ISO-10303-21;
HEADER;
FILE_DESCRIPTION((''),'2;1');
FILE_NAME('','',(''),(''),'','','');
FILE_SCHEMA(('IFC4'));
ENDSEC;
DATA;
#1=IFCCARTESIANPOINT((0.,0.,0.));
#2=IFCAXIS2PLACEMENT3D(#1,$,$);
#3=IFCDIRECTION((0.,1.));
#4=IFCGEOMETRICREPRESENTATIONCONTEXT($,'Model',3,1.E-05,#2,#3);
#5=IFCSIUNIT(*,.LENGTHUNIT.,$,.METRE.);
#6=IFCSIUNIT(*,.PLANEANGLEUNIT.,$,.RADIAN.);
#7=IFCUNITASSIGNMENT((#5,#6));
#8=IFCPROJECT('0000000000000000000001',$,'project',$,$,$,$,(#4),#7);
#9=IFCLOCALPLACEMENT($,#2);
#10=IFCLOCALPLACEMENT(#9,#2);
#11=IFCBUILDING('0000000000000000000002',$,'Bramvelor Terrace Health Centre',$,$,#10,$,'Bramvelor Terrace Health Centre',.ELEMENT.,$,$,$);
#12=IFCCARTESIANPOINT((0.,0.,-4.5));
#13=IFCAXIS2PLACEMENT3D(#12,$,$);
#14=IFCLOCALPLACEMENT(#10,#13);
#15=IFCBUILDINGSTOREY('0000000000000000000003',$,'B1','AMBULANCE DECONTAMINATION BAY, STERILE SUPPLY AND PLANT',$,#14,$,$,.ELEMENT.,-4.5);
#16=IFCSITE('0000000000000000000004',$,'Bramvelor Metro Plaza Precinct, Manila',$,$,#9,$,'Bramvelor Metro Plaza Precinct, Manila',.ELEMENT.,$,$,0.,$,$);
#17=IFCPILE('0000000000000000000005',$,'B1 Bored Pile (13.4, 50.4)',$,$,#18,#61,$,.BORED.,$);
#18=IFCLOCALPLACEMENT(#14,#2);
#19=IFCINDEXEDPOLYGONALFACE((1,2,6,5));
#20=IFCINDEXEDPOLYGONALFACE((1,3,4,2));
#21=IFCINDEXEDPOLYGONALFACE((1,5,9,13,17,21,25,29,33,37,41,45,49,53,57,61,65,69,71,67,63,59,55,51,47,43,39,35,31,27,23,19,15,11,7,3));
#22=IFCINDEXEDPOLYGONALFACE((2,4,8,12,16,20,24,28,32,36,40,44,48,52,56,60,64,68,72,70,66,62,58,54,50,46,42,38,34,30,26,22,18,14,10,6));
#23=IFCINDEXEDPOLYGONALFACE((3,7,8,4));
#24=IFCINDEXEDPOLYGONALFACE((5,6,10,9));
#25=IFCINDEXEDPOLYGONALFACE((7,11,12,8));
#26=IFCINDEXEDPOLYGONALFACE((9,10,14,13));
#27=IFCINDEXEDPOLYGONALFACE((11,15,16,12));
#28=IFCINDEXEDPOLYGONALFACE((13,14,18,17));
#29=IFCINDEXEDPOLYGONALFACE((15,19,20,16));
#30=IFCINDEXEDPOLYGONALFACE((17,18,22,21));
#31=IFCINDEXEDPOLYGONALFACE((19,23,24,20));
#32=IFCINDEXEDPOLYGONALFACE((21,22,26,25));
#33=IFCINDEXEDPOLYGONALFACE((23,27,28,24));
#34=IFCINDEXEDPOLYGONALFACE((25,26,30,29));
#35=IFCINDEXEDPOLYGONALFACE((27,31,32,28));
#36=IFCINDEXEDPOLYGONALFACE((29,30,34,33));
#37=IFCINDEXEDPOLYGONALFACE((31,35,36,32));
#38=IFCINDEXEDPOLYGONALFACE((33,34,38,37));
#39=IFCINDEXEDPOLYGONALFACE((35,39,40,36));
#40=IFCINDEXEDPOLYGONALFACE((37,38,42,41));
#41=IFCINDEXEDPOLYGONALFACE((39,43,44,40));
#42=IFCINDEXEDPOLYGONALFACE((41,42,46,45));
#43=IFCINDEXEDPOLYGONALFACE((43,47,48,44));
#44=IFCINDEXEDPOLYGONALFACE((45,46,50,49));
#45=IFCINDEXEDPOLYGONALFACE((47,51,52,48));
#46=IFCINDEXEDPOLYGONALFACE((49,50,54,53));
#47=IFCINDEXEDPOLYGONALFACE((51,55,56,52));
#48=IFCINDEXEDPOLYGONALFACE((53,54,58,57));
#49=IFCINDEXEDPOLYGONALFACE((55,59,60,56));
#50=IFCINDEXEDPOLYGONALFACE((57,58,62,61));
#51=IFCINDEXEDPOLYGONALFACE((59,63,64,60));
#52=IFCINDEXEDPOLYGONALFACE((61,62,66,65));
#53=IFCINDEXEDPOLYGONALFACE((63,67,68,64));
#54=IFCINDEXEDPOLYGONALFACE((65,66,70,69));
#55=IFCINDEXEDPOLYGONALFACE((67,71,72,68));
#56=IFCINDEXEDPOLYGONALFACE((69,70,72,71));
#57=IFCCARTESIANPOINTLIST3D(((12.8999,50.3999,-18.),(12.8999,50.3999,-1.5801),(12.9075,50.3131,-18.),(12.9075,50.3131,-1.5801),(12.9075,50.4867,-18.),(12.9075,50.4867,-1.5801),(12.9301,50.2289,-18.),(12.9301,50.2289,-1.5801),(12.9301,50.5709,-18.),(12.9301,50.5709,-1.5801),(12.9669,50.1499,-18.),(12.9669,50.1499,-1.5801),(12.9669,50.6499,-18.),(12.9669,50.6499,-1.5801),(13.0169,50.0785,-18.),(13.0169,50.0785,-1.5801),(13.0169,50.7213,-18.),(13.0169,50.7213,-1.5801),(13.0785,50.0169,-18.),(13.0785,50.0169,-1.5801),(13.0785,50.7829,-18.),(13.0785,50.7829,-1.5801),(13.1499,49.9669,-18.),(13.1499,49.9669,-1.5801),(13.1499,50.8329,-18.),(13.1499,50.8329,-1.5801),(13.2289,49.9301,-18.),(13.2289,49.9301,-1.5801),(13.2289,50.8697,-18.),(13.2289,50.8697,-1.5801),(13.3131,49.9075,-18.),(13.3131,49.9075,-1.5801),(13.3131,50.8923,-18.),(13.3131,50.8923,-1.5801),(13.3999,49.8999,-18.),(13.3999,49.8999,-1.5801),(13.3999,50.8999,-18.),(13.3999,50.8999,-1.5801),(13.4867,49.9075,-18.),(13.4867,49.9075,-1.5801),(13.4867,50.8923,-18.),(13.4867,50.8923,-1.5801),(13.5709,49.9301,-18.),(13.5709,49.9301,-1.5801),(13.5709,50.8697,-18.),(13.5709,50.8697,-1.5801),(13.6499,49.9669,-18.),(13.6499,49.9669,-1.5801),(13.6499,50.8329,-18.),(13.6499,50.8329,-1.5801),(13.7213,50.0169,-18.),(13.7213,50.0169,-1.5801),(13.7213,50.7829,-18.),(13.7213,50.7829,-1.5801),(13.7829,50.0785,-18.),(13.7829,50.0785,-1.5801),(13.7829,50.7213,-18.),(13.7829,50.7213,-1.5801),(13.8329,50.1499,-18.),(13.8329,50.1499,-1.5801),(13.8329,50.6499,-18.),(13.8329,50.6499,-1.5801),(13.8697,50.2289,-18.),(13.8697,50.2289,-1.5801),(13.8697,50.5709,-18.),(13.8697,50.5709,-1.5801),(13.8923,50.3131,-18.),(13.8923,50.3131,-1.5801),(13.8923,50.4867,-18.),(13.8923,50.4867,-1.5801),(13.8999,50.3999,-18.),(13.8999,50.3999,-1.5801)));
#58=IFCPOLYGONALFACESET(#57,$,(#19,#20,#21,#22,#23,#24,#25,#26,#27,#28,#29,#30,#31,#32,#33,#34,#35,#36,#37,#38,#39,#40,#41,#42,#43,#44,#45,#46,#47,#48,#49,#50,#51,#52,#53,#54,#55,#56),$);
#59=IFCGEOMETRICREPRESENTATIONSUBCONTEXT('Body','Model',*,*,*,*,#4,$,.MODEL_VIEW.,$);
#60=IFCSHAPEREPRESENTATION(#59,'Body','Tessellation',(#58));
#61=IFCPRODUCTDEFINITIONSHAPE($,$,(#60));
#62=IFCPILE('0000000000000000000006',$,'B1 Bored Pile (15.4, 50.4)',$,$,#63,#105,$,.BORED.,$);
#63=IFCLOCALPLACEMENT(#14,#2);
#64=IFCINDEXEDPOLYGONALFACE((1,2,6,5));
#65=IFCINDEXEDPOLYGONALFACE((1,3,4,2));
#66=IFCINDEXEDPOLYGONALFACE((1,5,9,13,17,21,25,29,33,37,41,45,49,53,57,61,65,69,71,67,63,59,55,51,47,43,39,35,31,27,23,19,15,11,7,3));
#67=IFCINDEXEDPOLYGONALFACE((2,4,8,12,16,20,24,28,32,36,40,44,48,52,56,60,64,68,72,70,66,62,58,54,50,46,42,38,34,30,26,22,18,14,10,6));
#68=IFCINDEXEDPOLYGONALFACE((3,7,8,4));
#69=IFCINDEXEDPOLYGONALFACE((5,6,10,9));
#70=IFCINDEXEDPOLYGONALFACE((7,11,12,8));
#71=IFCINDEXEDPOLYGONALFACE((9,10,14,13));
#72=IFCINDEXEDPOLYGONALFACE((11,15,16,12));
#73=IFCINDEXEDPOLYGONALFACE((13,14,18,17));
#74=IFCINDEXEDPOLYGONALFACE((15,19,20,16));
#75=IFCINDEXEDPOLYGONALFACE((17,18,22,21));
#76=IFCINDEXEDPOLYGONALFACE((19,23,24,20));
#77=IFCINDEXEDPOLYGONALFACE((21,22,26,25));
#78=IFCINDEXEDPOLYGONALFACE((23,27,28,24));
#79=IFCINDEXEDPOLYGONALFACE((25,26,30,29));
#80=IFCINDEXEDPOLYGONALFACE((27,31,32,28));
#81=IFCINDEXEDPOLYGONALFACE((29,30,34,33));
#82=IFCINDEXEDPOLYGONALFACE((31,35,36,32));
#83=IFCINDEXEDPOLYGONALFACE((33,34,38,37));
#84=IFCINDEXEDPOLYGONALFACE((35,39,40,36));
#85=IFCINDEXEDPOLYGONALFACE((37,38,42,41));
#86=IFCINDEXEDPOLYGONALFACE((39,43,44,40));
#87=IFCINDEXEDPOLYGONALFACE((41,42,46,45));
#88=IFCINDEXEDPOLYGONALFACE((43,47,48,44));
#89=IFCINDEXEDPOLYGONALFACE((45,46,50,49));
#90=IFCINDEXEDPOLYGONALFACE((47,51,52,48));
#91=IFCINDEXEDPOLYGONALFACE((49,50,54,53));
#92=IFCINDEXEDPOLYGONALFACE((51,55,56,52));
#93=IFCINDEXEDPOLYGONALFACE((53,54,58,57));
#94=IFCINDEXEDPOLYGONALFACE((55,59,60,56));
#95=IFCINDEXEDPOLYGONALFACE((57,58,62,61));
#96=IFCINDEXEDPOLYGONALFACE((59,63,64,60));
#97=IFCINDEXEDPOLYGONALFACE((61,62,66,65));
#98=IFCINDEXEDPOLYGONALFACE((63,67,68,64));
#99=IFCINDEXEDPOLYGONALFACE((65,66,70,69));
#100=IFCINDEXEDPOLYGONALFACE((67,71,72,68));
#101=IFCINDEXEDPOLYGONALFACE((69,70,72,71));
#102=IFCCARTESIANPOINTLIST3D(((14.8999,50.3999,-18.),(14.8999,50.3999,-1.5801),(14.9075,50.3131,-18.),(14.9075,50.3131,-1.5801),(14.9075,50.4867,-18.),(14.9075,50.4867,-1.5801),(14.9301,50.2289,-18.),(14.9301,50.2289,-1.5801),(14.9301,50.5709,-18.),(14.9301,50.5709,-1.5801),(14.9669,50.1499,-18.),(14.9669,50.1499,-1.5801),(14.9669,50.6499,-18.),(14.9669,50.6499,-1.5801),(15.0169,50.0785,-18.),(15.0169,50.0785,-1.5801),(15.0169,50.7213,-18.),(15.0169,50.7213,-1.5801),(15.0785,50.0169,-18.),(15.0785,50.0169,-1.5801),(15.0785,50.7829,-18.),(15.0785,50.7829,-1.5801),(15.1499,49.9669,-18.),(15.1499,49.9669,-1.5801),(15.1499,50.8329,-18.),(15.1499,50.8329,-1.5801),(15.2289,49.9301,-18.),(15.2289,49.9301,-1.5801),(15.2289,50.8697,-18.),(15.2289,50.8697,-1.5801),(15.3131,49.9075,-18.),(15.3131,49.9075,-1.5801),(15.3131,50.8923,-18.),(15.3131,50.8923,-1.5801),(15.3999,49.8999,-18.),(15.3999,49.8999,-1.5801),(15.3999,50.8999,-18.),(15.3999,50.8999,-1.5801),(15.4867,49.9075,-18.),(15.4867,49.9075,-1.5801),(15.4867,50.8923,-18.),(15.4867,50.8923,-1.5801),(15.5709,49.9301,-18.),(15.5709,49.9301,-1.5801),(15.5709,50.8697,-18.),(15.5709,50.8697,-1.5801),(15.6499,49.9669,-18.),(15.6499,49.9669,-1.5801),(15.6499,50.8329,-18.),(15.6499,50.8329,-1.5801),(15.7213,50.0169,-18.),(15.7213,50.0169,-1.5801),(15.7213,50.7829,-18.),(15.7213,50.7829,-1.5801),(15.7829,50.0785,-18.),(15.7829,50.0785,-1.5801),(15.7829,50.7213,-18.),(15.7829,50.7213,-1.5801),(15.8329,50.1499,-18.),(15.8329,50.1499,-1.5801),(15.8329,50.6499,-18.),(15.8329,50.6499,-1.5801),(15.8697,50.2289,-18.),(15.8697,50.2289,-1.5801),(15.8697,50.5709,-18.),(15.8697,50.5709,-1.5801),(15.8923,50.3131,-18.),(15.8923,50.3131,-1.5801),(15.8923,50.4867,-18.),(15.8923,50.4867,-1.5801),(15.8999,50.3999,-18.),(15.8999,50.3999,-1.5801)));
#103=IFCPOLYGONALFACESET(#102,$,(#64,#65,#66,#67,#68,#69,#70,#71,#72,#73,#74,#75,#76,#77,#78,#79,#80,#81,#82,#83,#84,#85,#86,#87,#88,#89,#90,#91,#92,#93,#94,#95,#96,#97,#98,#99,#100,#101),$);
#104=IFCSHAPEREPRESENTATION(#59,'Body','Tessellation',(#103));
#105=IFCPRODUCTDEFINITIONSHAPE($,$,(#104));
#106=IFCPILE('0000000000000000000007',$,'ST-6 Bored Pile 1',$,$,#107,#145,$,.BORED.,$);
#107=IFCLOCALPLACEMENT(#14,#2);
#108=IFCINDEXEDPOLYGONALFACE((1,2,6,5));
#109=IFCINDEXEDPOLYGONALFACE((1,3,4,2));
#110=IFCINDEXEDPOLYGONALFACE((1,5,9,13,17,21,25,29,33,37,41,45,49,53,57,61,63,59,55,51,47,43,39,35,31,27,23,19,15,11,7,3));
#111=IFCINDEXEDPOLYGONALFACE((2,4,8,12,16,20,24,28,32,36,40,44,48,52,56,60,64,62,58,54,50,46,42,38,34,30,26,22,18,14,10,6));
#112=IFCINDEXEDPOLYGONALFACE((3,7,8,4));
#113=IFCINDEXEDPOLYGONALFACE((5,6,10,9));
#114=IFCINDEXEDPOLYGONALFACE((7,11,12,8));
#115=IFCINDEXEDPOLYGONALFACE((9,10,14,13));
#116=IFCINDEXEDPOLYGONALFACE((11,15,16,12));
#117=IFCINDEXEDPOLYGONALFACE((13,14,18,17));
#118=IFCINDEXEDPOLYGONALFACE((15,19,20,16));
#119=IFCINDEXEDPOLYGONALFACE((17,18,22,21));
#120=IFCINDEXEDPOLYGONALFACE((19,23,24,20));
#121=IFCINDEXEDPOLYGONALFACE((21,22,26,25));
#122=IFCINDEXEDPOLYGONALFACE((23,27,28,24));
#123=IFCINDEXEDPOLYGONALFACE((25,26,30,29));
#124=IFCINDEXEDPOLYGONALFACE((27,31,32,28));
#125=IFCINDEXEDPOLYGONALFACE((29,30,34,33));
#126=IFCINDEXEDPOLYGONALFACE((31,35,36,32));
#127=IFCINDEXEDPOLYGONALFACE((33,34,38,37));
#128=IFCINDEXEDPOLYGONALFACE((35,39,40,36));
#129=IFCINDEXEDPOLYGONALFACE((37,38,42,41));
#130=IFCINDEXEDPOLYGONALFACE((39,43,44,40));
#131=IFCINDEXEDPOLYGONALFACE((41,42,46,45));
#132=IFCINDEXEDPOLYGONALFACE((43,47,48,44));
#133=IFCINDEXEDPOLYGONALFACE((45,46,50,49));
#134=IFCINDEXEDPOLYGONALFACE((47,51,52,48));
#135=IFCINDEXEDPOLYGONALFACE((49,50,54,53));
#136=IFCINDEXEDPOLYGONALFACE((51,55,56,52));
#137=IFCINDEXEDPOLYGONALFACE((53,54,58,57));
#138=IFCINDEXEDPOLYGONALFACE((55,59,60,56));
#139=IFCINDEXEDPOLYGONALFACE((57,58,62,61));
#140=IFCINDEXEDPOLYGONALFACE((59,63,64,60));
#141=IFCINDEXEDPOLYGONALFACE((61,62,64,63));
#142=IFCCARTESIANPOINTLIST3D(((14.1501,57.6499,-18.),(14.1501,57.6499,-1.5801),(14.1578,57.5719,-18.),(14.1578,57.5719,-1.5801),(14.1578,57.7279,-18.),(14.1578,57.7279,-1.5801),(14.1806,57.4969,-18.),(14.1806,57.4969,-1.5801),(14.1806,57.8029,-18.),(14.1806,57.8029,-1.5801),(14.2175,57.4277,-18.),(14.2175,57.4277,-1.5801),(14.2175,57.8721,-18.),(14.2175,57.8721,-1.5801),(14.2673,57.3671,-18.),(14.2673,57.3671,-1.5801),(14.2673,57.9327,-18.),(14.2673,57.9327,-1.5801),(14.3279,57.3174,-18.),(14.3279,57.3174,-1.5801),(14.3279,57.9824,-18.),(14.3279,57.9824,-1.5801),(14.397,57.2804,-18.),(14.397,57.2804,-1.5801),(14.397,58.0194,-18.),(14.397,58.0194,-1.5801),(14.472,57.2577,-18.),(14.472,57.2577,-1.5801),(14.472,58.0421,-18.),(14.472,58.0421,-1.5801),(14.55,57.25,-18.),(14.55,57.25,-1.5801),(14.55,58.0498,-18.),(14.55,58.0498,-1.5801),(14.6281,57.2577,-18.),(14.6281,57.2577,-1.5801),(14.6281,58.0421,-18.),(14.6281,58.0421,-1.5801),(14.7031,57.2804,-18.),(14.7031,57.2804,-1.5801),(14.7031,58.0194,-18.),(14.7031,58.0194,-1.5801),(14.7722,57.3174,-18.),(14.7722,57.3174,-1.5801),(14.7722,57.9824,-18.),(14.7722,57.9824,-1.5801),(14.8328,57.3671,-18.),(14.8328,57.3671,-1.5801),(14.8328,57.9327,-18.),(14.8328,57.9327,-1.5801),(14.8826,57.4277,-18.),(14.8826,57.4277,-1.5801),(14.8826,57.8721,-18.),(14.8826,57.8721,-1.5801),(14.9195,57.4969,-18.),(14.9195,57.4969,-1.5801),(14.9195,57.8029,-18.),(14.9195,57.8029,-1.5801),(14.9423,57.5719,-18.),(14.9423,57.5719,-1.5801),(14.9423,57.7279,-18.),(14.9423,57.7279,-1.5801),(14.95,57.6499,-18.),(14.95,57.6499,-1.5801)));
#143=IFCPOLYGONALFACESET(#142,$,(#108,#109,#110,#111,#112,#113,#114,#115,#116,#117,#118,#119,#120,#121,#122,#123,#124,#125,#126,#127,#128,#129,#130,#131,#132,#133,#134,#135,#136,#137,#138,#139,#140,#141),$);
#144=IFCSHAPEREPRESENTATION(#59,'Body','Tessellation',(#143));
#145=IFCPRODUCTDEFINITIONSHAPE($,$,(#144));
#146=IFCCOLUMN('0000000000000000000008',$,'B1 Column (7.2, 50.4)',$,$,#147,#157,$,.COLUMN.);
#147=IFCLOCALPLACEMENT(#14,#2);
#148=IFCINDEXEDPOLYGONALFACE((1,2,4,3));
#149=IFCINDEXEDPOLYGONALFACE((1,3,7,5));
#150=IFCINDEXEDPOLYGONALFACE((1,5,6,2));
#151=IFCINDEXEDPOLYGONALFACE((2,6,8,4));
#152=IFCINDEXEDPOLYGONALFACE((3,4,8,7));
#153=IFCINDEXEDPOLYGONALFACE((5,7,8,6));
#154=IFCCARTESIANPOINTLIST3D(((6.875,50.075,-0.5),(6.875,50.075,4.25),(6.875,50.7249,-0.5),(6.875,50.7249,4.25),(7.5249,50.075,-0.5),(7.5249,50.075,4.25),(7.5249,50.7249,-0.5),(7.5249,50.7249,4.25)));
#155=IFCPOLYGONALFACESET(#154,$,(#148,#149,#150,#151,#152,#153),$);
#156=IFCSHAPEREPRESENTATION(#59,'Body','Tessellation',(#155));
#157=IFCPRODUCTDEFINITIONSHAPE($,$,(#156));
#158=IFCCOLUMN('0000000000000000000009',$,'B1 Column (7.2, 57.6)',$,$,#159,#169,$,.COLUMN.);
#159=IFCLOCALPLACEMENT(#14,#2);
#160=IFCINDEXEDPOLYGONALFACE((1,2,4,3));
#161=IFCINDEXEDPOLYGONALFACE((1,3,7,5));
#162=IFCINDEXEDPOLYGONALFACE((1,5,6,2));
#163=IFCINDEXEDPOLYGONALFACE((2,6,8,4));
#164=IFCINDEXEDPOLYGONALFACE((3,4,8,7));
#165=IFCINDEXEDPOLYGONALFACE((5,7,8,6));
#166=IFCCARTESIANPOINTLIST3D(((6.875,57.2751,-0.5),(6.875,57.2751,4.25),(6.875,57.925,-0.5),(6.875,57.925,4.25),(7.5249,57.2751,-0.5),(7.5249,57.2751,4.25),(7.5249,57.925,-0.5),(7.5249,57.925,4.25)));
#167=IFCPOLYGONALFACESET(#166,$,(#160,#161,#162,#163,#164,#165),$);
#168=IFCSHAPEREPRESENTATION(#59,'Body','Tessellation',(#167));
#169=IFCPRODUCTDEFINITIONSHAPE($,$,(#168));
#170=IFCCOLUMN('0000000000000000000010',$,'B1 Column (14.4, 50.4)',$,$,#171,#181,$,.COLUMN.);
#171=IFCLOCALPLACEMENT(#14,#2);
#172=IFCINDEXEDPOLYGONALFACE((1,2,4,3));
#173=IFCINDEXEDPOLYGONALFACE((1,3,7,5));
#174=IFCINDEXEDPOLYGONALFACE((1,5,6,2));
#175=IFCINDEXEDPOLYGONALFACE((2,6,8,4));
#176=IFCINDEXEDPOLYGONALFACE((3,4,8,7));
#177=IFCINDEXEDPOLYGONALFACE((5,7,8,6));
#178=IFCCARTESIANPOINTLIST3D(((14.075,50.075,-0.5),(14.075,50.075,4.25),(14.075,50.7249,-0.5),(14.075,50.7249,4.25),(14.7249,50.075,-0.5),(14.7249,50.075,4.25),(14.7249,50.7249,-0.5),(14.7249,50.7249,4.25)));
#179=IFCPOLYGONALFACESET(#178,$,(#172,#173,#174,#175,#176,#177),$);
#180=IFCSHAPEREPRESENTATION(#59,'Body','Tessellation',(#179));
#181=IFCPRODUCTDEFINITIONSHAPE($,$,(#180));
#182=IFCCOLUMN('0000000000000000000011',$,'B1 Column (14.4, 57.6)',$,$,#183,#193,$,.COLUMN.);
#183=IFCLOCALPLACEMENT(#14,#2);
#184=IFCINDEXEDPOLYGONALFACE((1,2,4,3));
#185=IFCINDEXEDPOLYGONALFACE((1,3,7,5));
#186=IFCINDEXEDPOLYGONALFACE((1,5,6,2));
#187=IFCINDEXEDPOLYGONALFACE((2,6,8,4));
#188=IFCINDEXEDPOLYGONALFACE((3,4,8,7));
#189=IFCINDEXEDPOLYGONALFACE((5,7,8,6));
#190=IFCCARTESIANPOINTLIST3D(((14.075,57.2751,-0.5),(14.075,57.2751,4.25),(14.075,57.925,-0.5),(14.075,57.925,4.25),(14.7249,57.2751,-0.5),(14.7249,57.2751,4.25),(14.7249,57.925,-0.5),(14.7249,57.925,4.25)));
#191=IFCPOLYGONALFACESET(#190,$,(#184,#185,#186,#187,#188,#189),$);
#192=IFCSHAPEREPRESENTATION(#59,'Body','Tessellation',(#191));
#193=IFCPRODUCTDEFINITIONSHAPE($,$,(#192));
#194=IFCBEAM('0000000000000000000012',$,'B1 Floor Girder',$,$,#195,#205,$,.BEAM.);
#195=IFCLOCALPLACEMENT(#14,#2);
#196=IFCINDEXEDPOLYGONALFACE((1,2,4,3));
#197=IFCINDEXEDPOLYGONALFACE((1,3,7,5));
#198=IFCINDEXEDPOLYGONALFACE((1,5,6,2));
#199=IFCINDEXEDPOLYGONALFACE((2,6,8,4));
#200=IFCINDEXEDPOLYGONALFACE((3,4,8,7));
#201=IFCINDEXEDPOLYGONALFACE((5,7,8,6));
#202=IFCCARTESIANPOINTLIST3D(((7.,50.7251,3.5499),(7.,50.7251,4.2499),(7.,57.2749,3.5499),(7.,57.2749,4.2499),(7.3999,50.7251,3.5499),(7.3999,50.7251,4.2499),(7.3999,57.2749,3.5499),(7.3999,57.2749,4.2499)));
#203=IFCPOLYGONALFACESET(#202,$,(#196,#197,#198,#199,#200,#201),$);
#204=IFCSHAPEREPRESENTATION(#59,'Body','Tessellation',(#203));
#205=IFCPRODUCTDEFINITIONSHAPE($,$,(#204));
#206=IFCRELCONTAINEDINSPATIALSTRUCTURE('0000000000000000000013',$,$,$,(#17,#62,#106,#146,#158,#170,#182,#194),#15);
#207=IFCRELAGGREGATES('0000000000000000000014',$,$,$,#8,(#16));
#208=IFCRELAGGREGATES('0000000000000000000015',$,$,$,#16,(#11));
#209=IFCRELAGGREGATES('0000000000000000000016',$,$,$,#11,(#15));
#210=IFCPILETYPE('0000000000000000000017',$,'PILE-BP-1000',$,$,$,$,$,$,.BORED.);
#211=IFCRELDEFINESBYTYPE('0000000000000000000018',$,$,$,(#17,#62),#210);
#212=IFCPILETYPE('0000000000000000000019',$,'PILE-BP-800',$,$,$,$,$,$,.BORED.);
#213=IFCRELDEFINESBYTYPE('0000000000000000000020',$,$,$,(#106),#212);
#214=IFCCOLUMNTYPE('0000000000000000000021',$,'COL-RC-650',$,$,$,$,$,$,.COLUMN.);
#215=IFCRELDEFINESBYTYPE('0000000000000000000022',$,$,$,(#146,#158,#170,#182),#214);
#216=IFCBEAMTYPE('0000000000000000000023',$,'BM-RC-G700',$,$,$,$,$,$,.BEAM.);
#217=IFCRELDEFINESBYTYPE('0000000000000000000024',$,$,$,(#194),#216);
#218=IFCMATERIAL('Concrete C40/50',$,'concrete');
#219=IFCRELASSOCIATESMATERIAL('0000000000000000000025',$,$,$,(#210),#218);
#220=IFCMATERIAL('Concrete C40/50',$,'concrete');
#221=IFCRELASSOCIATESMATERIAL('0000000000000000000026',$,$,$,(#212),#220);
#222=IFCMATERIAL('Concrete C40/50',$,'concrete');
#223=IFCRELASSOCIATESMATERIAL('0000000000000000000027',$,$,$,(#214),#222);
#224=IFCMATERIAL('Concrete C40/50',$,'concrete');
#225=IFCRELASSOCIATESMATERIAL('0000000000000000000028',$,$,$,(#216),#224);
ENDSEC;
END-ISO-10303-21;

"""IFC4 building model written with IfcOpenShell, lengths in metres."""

from ifc_helpers import new_model, si_unit, direction, frame, origin, origin_2d, place, context, subcontext, project, spatial, rectangle, circle, extrude, material, material_profile, profile_set, type_object, element, save


model = new_model("IFC4")

# Units and contexts
model_context = context("Model", 3, precision=1e-05, world=origin(), true_north=direction((0.0, 1.0)))
body_context = subcontext(model_context, "Body", "Model", "MODEL_VIEW")
ifc_project = project(units=[si_unit("LENGTHUNIT", "METRE"), si_unit("PLANEANGLEUNIT", "RADIAN")], contexts=[model_context])

# Site, building, storey
site_placement = place(None, origin())
site = spatial("IfcSite", under=ifc_project, at=site_placement, Name="Bramvelor Metro Plaza Precinct, Manila", LongName="Bramvelor Metro Plaza Precinct, Manila", CompositionType="ELEMENT", RefElevation=0.0)
building_placement = place(site_placement, origin())
building = spatial("IfcBuilding", under=site, at=building_placement, Name="Bramvelor Terrace Health Centre", LongName="Bramvelor Terrace Health Centre", CompositionType="ELEMENT")
storey_placement = place(building_placement, frame((0.0, 0.0, -4.5)))
storey = spatial("IfcBuildingStorey", under=building, at=storey_placement, Name="B1", Description="AMBULANCE DECONTAMINATION BAY, STERILE SUPPLY AND PLANT", CompositionType="ELEMENT", Elevation=-4.5)

# Piles
ifc_material_1 = material(Name="Concrete C40/50", Category="concrete")
ifc_material_profile_1 = material_profile(ifc_material_1, circle(Radius=0.5, at=origin_2d()), Name="BP D1000")
ifc_profile_set_1 = profile_set([ifc_material_profile_1], Name="Concrete C40/50")
pile_type_1 = type_object("IfcPileType", Name="PILE-BP-1000", PredefinedType="BORED", material=ifc_profile_set_1)
for number, where, z_axis, x_axis, name in (
    (1, (13.3999, 50.3999, -1.5801), (0.0, 0.0, -1.0), (1.0, 0.0, 0.0), "B1 Bored Pile (13.4, 50.4)"),
    (2, (15.3999, 50.3999, -1.5801), (0.0, 0.0, -1.0), (1.0, 0.0, 0.0), "B1 Bored Pile (15.4, 50.4)"),
):
    element("IfcPile", number, at=place(storey_placement, frame(where, z_axis=z_axis, x_axis=x_axis)), inside=storey, type_object=pile_type_1, Name=name, PredefinedType="BORED", context=body_context, shape_type="SweptSolid", body=[
        extrude(circle(Radius=0.5, at=origin_2d()), origin(), (0.0, 0.0, 1.0), 16.4199),
    ])
ifc_material_2 = material(Name="Concrete C40/50", Category="concrete")
ifc_material_profile_2 = material_profile(ifc_material_2, circle(Radius=0.3999, at=origin_2d()), Name="BP D800")
ifc_profile_set_2 = profile_set([ifc_material_profile_2], Name="Concrete C40/50")
pile_type_2 = type_object("IfcPileType", Name="PILE-BP-800", PredefinedType="BORED", material=ifc_profile_set_2)
pile_placement = place(storey_placement, frame((14.55, 57.6499, -1.5801), z_axis=(0.0, 0.0, -1.0), x_axis=(1.0, 0.0, 0.0)))
element("IfcPile", 3, at=pile_placement, inside=storey, type_object=pile_type_2, Name="ST-6 Bored Pile 1", PredefinedType="BORED", context=body_context, shape_type="SweptSolid", body=[
    extrude(circle(Radius=0.3999, at=origin_2d()), origin(), (0.0, 0.0, 1.0), 16.4199),
])

# Columns
ifc_material_3 = material(Name="Concrete C40/50", Category="concrete")
ifc_material_profile_3 = material_profile(ifc_material_3, rectangle(XDim=0.6499, YDim=0.6499, at=origin_2d()), Name="RC 650x650")
ifc_profile_set_3 = profile_set([ifc_material_profile_3], Name="Concrete C40/50")
column_type = type_object("IfcColumnType", Name="COL-RC-650", PredefinedType="COLUMN", material=ifc_profile_set_3)
for number, where, z_axis, x_axis, name in (
    (4, (7.2, 50.3999, -0.5), (0.0, 0.0, 1.0), (1.0, 0.0, 0.0), "B1 Column (7.2, 50.4)"),
    (5, (7.2, 57.6001, -0.5), (0.0, 0.0, 1.0), (1.0, 0.0, 0.0), "B1 Column (7.2, 57.6)"),
    (6, (14.3999, 50.3999, -0.5), (0.0, 0.0, 1.0), (1.0, 0.0, 0.0), "B1 Column (14.4, 50.4)"),
    (7, (14.3999, 57.6001, -0.5), (0.0, 0.0, 1.0), (1.0, 0.0, 0.0), "B1 Column (14.4, 57.6)"),
):
    element("IfcColumn", number, at=place(storey_placement, frame(where, z_axis=z_axis, x_axis=x_axis)), inside=storey, type_object=column_type, Name=name, PredefinedType="COLUMN", context=body_context, shape_type="SweptSolid", body=[
        extrude(rectangle(XDim=0.6499, YDim=0.6499, at=origin_2d()), origin(), (0.0, 0.0, 1.0), 4.75),
    ])

# Beam
ifc_material_4 = material(Name="Concrete C40/50", Category="concrete")
ifc_material_profile_4 = material_profile(ifc_material_4, rectangle(XDim=0.3999, YDim=0.7, at=origin_2d()), Name="RC 400x700")
ifc_profile_set_4 = profile_set([ifc_material_profile_4], Name="Concrete C40/50")
beam_type_1 = type_object("IfcBeamType", Name="BM-RC-G700", PredefinedType="BEAM", material=ifc_profile_set_4)
for number, where, z_axis, x_axis, name in (
    (8, (7.2, 50.7251, 3.8999), (0.0, 1.0, 0.0), (-1.0, 0.0, 0.0), "B1 Floor Girder"),
):
    element("IfcBeam", number, at=place(storey_placement, frame(where, z_axis=z_axis, x_axis=x_axis)), inside=storey, type_object=beam_type_1, Name=name, PredefinedType="BEAM", context=body_context, shape_type="SweptSolid", body=[
        extrude(rectangle(XDim=0.3999, YDim=0.7, at=origin_2d()), origin(), (0.0, 0.0, 1.0), 6.5498),
    ])

save(model, "model.ifc")
